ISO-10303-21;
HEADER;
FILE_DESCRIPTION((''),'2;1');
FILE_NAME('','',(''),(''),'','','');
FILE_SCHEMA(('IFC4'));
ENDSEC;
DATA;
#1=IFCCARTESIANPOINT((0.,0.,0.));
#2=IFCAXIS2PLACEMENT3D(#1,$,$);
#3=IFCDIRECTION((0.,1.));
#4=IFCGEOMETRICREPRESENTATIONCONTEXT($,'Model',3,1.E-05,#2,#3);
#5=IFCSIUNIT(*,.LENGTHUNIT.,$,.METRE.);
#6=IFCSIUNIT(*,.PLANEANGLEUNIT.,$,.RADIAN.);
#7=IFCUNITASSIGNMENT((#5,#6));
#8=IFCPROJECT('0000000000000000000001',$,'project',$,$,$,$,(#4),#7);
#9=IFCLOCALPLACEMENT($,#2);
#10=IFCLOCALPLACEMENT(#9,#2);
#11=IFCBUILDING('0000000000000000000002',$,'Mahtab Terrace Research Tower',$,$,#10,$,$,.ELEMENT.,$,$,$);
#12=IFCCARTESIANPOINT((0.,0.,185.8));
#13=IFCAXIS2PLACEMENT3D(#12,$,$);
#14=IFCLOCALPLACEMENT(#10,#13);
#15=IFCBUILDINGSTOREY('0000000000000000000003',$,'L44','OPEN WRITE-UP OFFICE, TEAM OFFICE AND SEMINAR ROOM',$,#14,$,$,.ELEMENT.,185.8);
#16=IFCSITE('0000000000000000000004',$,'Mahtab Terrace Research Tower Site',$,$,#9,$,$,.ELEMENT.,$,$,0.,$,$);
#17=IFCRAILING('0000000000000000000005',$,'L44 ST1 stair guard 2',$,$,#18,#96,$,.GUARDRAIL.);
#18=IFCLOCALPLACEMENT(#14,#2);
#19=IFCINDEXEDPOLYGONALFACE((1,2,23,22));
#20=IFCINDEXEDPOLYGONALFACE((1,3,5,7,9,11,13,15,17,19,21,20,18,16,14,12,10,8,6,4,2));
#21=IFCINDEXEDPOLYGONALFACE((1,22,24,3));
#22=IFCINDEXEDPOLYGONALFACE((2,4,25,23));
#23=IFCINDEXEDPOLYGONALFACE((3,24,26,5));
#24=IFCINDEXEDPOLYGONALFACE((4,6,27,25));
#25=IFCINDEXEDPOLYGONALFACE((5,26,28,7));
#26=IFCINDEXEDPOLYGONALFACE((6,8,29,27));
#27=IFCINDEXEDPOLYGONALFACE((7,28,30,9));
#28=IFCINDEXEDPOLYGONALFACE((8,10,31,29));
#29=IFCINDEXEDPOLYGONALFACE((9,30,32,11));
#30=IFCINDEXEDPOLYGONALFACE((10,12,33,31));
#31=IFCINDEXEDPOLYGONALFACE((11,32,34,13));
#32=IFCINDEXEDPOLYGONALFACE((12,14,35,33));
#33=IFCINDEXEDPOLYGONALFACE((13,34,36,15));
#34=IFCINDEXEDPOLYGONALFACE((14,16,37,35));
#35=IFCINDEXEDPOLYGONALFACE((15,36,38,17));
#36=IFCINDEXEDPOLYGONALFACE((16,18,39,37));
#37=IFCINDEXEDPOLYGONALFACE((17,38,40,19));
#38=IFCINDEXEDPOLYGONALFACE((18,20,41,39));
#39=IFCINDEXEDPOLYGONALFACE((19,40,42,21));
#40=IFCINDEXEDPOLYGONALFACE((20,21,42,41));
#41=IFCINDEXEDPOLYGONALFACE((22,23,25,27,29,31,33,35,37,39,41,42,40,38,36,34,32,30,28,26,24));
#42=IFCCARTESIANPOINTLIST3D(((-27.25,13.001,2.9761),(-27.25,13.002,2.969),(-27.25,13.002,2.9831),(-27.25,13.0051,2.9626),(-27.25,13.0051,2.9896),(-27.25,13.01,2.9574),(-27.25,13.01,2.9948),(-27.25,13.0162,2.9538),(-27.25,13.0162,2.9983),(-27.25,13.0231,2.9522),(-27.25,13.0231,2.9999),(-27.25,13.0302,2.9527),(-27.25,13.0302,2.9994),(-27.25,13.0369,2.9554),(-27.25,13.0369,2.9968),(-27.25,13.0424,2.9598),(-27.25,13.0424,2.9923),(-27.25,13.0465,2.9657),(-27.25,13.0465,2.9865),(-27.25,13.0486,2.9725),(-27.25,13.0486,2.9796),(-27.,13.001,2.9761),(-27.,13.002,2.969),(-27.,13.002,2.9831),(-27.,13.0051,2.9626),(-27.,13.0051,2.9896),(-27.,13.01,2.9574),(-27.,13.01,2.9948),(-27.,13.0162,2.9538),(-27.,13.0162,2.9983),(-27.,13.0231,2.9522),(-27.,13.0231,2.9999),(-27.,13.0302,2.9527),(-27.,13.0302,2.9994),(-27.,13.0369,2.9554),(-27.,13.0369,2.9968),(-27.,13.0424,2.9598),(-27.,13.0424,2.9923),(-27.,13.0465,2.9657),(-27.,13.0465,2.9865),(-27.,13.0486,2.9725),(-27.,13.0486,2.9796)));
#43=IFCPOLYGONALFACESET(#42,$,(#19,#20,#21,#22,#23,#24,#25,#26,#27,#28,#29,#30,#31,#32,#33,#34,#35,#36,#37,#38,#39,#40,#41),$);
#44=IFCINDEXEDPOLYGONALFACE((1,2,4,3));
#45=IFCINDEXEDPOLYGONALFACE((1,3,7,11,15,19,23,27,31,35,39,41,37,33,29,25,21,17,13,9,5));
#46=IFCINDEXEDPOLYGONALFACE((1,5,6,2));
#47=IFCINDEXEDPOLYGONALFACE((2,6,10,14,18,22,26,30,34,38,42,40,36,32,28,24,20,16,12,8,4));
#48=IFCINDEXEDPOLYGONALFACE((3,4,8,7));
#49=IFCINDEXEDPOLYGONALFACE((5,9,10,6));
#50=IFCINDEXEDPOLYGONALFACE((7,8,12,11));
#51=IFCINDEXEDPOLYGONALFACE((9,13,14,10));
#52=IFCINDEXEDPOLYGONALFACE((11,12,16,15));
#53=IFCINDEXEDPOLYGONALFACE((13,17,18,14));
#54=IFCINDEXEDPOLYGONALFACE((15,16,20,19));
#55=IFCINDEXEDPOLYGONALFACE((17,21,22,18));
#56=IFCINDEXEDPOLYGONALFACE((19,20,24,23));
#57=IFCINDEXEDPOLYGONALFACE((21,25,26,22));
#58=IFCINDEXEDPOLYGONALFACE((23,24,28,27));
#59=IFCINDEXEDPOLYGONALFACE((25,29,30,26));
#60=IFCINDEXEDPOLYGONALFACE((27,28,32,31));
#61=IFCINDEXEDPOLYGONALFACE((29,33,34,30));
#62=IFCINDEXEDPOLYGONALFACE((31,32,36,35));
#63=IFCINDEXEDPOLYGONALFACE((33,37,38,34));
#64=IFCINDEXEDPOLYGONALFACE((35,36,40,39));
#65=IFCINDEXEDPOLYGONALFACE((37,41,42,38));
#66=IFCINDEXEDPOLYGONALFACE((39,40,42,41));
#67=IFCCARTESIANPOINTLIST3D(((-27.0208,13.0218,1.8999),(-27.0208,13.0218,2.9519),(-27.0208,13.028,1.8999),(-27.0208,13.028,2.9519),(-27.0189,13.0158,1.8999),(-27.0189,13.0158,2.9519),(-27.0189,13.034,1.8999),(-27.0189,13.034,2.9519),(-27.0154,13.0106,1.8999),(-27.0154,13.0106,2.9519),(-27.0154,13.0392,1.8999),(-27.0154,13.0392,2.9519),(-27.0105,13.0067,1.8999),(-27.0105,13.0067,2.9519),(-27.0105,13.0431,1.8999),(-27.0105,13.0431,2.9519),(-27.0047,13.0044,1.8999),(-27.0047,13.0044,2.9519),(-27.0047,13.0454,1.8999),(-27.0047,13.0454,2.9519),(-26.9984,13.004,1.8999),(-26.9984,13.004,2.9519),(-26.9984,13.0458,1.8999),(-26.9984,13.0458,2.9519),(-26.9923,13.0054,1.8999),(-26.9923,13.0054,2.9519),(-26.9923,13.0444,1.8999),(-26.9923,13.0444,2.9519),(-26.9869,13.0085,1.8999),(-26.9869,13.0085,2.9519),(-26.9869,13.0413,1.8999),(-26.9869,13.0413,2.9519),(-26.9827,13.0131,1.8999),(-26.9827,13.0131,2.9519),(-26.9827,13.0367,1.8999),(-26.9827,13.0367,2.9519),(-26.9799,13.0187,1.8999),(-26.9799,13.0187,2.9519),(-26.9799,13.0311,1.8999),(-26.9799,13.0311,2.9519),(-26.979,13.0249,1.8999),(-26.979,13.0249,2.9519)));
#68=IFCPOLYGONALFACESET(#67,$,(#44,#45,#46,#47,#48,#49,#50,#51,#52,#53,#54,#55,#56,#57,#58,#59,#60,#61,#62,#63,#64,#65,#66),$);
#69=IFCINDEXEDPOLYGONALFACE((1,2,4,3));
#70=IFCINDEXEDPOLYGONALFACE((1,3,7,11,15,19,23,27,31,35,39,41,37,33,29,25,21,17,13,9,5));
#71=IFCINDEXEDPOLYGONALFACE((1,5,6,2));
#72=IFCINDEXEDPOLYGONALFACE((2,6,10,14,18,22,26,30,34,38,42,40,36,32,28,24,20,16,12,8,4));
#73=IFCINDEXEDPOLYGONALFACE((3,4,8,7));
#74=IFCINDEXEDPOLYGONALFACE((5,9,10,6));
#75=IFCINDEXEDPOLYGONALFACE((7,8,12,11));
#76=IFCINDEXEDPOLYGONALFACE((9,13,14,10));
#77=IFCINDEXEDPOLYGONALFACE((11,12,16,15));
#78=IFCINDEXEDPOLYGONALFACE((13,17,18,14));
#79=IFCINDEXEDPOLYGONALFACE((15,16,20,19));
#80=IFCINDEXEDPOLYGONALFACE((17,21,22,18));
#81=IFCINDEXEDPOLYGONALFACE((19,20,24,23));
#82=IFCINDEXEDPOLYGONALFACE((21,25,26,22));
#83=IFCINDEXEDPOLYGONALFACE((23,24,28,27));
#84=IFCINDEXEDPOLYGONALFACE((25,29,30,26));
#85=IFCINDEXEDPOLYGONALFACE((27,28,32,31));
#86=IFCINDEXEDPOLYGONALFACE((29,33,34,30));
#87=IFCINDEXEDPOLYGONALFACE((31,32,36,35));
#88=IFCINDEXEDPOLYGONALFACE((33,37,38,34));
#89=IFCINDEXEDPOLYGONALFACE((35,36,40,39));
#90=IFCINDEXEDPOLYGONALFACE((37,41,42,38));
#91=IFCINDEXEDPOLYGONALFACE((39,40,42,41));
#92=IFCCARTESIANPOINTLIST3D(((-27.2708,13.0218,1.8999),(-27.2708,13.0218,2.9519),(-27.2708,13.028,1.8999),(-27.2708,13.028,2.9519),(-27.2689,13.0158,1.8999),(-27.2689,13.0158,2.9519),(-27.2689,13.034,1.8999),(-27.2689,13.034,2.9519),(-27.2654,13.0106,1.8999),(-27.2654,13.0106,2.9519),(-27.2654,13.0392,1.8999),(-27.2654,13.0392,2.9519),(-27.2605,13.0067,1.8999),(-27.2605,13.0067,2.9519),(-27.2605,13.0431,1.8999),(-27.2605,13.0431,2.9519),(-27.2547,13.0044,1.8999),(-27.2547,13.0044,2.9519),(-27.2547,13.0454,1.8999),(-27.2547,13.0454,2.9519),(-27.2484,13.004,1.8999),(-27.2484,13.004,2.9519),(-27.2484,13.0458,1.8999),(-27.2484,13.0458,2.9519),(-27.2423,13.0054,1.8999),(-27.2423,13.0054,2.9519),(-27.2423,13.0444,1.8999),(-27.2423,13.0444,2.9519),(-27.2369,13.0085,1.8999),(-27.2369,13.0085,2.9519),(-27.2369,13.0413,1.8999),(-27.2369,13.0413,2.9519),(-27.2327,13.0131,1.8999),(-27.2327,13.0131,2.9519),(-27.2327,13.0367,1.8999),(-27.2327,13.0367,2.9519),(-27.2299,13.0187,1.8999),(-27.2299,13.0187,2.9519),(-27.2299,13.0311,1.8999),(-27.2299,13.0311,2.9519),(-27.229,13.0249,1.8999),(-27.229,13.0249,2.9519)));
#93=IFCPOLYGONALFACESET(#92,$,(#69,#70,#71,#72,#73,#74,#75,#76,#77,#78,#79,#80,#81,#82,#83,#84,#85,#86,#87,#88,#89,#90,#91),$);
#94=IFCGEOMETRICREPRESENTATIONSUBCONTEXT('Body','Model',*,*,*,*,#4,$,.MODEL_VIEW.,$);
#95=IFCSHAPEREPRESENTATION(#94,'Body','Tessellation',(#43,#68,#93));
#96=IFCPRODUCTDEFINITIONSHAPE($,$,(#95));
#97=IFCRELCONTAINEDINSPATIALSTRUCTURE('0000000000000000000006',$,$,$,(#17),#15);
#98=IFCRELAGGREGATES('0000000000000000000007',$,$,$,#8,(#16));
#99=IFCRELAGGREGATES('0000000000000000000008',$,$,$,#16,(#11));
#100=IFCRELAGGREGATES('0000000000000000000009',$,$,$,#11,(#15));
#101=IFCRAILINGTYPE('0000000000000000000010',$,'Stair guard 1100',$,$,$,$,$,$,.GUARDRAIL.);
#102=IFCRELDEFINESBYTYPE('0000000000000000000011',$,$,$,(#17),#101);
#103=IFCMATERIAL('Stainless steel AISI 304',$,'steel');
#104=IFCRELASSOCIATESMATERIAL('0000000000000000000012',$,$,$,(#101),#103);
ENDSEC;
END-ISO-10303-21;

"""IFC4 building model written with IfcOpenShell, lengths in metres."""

from ifc_helpers import new_model, si_unit, direction, frame, origin, origin_2d, place, context, subcontext, project, spatial, circle, extrude, material, type_object, element, save


model = new_model("IFC4")

# Units and contexts
model_context = context("Model", 3, precision=1e-05, world=origin(), true_north=direction((0.0, 1.0)))
body_context = subcontext(model_context, "Body", "Model", "MODEL_VIEW")
ifc_project = project(units=[si_unit("LENGTHUNIT", "METRE"), si_unit("PLANEANGLEUNIT", "RADIAN")], contexts=[model_context])

# Site, building, storey
site_placement = place(None, origin())
site = spatial("IfcSite", under=ifc_project, at=site_placement, Name="Mahtab Terrace Research Tower Site", CompositionType="ELEMENT", RefElevation=0.0)
building_placement = place(site_placement, origin())
building = spatial("IfcBuilding", under=site, at=building_placement, Name="Mahtab Terrace Research Tower", CompositionType="ELEMENT")
storey_placement = place(building_placement, frame((0.0, 0.0, 185.8)))
storey = spatial("IfcBuildingStorey", under=building, at=storey_placement, Name="L44", Description="OPEN WRITE-UP OFFICE, TEAM OFFICE AND SEMINAR ROOM", CompositionType="ELEMENT", Elevation=185.8)

# Railing
ifc_material_1 = material(Name="Stainless steel AISI 304", Category="steel")
railing_type_1 = type_object("IfcRailingType", Name="Stair guard 1100", PredefinedType="GUARDRAIL", material=ifc_material_1)
railing_1_placement = place(storey_placement, frame((-27.0, 13.0249, 1.8999)))
element("IfcRailing", 1, at=railing_1_placement, inside=storey, type_object=railing_type_1, Name="L44 ST1 stair guard 2", PredefinedType="GUARDRAIL", context=body_context, shape_type="SweptSolid", body=[
    extrude(circle(Radius=0.0239, at=origin_2d()), frame((0.0, 0.0, 1.0762), z_axis=(-1.0, 0.0, 0.0), x_axis=(0.0, -1.0, 0.0)), (0.0, 0.0, 1.0), 0.25),
    extrude(circle(Radius=0.021, at=origin_2d()), origin(), (0.0, 0.0, 1.0), 1.052),
    extrude(circle(Radius=0.021, at=origin_2d()), frame((-0.25, 0.0, 0.0)), (0.0, 0.0, 1.0), 1.052),
])

save(model, "model.ifc")
